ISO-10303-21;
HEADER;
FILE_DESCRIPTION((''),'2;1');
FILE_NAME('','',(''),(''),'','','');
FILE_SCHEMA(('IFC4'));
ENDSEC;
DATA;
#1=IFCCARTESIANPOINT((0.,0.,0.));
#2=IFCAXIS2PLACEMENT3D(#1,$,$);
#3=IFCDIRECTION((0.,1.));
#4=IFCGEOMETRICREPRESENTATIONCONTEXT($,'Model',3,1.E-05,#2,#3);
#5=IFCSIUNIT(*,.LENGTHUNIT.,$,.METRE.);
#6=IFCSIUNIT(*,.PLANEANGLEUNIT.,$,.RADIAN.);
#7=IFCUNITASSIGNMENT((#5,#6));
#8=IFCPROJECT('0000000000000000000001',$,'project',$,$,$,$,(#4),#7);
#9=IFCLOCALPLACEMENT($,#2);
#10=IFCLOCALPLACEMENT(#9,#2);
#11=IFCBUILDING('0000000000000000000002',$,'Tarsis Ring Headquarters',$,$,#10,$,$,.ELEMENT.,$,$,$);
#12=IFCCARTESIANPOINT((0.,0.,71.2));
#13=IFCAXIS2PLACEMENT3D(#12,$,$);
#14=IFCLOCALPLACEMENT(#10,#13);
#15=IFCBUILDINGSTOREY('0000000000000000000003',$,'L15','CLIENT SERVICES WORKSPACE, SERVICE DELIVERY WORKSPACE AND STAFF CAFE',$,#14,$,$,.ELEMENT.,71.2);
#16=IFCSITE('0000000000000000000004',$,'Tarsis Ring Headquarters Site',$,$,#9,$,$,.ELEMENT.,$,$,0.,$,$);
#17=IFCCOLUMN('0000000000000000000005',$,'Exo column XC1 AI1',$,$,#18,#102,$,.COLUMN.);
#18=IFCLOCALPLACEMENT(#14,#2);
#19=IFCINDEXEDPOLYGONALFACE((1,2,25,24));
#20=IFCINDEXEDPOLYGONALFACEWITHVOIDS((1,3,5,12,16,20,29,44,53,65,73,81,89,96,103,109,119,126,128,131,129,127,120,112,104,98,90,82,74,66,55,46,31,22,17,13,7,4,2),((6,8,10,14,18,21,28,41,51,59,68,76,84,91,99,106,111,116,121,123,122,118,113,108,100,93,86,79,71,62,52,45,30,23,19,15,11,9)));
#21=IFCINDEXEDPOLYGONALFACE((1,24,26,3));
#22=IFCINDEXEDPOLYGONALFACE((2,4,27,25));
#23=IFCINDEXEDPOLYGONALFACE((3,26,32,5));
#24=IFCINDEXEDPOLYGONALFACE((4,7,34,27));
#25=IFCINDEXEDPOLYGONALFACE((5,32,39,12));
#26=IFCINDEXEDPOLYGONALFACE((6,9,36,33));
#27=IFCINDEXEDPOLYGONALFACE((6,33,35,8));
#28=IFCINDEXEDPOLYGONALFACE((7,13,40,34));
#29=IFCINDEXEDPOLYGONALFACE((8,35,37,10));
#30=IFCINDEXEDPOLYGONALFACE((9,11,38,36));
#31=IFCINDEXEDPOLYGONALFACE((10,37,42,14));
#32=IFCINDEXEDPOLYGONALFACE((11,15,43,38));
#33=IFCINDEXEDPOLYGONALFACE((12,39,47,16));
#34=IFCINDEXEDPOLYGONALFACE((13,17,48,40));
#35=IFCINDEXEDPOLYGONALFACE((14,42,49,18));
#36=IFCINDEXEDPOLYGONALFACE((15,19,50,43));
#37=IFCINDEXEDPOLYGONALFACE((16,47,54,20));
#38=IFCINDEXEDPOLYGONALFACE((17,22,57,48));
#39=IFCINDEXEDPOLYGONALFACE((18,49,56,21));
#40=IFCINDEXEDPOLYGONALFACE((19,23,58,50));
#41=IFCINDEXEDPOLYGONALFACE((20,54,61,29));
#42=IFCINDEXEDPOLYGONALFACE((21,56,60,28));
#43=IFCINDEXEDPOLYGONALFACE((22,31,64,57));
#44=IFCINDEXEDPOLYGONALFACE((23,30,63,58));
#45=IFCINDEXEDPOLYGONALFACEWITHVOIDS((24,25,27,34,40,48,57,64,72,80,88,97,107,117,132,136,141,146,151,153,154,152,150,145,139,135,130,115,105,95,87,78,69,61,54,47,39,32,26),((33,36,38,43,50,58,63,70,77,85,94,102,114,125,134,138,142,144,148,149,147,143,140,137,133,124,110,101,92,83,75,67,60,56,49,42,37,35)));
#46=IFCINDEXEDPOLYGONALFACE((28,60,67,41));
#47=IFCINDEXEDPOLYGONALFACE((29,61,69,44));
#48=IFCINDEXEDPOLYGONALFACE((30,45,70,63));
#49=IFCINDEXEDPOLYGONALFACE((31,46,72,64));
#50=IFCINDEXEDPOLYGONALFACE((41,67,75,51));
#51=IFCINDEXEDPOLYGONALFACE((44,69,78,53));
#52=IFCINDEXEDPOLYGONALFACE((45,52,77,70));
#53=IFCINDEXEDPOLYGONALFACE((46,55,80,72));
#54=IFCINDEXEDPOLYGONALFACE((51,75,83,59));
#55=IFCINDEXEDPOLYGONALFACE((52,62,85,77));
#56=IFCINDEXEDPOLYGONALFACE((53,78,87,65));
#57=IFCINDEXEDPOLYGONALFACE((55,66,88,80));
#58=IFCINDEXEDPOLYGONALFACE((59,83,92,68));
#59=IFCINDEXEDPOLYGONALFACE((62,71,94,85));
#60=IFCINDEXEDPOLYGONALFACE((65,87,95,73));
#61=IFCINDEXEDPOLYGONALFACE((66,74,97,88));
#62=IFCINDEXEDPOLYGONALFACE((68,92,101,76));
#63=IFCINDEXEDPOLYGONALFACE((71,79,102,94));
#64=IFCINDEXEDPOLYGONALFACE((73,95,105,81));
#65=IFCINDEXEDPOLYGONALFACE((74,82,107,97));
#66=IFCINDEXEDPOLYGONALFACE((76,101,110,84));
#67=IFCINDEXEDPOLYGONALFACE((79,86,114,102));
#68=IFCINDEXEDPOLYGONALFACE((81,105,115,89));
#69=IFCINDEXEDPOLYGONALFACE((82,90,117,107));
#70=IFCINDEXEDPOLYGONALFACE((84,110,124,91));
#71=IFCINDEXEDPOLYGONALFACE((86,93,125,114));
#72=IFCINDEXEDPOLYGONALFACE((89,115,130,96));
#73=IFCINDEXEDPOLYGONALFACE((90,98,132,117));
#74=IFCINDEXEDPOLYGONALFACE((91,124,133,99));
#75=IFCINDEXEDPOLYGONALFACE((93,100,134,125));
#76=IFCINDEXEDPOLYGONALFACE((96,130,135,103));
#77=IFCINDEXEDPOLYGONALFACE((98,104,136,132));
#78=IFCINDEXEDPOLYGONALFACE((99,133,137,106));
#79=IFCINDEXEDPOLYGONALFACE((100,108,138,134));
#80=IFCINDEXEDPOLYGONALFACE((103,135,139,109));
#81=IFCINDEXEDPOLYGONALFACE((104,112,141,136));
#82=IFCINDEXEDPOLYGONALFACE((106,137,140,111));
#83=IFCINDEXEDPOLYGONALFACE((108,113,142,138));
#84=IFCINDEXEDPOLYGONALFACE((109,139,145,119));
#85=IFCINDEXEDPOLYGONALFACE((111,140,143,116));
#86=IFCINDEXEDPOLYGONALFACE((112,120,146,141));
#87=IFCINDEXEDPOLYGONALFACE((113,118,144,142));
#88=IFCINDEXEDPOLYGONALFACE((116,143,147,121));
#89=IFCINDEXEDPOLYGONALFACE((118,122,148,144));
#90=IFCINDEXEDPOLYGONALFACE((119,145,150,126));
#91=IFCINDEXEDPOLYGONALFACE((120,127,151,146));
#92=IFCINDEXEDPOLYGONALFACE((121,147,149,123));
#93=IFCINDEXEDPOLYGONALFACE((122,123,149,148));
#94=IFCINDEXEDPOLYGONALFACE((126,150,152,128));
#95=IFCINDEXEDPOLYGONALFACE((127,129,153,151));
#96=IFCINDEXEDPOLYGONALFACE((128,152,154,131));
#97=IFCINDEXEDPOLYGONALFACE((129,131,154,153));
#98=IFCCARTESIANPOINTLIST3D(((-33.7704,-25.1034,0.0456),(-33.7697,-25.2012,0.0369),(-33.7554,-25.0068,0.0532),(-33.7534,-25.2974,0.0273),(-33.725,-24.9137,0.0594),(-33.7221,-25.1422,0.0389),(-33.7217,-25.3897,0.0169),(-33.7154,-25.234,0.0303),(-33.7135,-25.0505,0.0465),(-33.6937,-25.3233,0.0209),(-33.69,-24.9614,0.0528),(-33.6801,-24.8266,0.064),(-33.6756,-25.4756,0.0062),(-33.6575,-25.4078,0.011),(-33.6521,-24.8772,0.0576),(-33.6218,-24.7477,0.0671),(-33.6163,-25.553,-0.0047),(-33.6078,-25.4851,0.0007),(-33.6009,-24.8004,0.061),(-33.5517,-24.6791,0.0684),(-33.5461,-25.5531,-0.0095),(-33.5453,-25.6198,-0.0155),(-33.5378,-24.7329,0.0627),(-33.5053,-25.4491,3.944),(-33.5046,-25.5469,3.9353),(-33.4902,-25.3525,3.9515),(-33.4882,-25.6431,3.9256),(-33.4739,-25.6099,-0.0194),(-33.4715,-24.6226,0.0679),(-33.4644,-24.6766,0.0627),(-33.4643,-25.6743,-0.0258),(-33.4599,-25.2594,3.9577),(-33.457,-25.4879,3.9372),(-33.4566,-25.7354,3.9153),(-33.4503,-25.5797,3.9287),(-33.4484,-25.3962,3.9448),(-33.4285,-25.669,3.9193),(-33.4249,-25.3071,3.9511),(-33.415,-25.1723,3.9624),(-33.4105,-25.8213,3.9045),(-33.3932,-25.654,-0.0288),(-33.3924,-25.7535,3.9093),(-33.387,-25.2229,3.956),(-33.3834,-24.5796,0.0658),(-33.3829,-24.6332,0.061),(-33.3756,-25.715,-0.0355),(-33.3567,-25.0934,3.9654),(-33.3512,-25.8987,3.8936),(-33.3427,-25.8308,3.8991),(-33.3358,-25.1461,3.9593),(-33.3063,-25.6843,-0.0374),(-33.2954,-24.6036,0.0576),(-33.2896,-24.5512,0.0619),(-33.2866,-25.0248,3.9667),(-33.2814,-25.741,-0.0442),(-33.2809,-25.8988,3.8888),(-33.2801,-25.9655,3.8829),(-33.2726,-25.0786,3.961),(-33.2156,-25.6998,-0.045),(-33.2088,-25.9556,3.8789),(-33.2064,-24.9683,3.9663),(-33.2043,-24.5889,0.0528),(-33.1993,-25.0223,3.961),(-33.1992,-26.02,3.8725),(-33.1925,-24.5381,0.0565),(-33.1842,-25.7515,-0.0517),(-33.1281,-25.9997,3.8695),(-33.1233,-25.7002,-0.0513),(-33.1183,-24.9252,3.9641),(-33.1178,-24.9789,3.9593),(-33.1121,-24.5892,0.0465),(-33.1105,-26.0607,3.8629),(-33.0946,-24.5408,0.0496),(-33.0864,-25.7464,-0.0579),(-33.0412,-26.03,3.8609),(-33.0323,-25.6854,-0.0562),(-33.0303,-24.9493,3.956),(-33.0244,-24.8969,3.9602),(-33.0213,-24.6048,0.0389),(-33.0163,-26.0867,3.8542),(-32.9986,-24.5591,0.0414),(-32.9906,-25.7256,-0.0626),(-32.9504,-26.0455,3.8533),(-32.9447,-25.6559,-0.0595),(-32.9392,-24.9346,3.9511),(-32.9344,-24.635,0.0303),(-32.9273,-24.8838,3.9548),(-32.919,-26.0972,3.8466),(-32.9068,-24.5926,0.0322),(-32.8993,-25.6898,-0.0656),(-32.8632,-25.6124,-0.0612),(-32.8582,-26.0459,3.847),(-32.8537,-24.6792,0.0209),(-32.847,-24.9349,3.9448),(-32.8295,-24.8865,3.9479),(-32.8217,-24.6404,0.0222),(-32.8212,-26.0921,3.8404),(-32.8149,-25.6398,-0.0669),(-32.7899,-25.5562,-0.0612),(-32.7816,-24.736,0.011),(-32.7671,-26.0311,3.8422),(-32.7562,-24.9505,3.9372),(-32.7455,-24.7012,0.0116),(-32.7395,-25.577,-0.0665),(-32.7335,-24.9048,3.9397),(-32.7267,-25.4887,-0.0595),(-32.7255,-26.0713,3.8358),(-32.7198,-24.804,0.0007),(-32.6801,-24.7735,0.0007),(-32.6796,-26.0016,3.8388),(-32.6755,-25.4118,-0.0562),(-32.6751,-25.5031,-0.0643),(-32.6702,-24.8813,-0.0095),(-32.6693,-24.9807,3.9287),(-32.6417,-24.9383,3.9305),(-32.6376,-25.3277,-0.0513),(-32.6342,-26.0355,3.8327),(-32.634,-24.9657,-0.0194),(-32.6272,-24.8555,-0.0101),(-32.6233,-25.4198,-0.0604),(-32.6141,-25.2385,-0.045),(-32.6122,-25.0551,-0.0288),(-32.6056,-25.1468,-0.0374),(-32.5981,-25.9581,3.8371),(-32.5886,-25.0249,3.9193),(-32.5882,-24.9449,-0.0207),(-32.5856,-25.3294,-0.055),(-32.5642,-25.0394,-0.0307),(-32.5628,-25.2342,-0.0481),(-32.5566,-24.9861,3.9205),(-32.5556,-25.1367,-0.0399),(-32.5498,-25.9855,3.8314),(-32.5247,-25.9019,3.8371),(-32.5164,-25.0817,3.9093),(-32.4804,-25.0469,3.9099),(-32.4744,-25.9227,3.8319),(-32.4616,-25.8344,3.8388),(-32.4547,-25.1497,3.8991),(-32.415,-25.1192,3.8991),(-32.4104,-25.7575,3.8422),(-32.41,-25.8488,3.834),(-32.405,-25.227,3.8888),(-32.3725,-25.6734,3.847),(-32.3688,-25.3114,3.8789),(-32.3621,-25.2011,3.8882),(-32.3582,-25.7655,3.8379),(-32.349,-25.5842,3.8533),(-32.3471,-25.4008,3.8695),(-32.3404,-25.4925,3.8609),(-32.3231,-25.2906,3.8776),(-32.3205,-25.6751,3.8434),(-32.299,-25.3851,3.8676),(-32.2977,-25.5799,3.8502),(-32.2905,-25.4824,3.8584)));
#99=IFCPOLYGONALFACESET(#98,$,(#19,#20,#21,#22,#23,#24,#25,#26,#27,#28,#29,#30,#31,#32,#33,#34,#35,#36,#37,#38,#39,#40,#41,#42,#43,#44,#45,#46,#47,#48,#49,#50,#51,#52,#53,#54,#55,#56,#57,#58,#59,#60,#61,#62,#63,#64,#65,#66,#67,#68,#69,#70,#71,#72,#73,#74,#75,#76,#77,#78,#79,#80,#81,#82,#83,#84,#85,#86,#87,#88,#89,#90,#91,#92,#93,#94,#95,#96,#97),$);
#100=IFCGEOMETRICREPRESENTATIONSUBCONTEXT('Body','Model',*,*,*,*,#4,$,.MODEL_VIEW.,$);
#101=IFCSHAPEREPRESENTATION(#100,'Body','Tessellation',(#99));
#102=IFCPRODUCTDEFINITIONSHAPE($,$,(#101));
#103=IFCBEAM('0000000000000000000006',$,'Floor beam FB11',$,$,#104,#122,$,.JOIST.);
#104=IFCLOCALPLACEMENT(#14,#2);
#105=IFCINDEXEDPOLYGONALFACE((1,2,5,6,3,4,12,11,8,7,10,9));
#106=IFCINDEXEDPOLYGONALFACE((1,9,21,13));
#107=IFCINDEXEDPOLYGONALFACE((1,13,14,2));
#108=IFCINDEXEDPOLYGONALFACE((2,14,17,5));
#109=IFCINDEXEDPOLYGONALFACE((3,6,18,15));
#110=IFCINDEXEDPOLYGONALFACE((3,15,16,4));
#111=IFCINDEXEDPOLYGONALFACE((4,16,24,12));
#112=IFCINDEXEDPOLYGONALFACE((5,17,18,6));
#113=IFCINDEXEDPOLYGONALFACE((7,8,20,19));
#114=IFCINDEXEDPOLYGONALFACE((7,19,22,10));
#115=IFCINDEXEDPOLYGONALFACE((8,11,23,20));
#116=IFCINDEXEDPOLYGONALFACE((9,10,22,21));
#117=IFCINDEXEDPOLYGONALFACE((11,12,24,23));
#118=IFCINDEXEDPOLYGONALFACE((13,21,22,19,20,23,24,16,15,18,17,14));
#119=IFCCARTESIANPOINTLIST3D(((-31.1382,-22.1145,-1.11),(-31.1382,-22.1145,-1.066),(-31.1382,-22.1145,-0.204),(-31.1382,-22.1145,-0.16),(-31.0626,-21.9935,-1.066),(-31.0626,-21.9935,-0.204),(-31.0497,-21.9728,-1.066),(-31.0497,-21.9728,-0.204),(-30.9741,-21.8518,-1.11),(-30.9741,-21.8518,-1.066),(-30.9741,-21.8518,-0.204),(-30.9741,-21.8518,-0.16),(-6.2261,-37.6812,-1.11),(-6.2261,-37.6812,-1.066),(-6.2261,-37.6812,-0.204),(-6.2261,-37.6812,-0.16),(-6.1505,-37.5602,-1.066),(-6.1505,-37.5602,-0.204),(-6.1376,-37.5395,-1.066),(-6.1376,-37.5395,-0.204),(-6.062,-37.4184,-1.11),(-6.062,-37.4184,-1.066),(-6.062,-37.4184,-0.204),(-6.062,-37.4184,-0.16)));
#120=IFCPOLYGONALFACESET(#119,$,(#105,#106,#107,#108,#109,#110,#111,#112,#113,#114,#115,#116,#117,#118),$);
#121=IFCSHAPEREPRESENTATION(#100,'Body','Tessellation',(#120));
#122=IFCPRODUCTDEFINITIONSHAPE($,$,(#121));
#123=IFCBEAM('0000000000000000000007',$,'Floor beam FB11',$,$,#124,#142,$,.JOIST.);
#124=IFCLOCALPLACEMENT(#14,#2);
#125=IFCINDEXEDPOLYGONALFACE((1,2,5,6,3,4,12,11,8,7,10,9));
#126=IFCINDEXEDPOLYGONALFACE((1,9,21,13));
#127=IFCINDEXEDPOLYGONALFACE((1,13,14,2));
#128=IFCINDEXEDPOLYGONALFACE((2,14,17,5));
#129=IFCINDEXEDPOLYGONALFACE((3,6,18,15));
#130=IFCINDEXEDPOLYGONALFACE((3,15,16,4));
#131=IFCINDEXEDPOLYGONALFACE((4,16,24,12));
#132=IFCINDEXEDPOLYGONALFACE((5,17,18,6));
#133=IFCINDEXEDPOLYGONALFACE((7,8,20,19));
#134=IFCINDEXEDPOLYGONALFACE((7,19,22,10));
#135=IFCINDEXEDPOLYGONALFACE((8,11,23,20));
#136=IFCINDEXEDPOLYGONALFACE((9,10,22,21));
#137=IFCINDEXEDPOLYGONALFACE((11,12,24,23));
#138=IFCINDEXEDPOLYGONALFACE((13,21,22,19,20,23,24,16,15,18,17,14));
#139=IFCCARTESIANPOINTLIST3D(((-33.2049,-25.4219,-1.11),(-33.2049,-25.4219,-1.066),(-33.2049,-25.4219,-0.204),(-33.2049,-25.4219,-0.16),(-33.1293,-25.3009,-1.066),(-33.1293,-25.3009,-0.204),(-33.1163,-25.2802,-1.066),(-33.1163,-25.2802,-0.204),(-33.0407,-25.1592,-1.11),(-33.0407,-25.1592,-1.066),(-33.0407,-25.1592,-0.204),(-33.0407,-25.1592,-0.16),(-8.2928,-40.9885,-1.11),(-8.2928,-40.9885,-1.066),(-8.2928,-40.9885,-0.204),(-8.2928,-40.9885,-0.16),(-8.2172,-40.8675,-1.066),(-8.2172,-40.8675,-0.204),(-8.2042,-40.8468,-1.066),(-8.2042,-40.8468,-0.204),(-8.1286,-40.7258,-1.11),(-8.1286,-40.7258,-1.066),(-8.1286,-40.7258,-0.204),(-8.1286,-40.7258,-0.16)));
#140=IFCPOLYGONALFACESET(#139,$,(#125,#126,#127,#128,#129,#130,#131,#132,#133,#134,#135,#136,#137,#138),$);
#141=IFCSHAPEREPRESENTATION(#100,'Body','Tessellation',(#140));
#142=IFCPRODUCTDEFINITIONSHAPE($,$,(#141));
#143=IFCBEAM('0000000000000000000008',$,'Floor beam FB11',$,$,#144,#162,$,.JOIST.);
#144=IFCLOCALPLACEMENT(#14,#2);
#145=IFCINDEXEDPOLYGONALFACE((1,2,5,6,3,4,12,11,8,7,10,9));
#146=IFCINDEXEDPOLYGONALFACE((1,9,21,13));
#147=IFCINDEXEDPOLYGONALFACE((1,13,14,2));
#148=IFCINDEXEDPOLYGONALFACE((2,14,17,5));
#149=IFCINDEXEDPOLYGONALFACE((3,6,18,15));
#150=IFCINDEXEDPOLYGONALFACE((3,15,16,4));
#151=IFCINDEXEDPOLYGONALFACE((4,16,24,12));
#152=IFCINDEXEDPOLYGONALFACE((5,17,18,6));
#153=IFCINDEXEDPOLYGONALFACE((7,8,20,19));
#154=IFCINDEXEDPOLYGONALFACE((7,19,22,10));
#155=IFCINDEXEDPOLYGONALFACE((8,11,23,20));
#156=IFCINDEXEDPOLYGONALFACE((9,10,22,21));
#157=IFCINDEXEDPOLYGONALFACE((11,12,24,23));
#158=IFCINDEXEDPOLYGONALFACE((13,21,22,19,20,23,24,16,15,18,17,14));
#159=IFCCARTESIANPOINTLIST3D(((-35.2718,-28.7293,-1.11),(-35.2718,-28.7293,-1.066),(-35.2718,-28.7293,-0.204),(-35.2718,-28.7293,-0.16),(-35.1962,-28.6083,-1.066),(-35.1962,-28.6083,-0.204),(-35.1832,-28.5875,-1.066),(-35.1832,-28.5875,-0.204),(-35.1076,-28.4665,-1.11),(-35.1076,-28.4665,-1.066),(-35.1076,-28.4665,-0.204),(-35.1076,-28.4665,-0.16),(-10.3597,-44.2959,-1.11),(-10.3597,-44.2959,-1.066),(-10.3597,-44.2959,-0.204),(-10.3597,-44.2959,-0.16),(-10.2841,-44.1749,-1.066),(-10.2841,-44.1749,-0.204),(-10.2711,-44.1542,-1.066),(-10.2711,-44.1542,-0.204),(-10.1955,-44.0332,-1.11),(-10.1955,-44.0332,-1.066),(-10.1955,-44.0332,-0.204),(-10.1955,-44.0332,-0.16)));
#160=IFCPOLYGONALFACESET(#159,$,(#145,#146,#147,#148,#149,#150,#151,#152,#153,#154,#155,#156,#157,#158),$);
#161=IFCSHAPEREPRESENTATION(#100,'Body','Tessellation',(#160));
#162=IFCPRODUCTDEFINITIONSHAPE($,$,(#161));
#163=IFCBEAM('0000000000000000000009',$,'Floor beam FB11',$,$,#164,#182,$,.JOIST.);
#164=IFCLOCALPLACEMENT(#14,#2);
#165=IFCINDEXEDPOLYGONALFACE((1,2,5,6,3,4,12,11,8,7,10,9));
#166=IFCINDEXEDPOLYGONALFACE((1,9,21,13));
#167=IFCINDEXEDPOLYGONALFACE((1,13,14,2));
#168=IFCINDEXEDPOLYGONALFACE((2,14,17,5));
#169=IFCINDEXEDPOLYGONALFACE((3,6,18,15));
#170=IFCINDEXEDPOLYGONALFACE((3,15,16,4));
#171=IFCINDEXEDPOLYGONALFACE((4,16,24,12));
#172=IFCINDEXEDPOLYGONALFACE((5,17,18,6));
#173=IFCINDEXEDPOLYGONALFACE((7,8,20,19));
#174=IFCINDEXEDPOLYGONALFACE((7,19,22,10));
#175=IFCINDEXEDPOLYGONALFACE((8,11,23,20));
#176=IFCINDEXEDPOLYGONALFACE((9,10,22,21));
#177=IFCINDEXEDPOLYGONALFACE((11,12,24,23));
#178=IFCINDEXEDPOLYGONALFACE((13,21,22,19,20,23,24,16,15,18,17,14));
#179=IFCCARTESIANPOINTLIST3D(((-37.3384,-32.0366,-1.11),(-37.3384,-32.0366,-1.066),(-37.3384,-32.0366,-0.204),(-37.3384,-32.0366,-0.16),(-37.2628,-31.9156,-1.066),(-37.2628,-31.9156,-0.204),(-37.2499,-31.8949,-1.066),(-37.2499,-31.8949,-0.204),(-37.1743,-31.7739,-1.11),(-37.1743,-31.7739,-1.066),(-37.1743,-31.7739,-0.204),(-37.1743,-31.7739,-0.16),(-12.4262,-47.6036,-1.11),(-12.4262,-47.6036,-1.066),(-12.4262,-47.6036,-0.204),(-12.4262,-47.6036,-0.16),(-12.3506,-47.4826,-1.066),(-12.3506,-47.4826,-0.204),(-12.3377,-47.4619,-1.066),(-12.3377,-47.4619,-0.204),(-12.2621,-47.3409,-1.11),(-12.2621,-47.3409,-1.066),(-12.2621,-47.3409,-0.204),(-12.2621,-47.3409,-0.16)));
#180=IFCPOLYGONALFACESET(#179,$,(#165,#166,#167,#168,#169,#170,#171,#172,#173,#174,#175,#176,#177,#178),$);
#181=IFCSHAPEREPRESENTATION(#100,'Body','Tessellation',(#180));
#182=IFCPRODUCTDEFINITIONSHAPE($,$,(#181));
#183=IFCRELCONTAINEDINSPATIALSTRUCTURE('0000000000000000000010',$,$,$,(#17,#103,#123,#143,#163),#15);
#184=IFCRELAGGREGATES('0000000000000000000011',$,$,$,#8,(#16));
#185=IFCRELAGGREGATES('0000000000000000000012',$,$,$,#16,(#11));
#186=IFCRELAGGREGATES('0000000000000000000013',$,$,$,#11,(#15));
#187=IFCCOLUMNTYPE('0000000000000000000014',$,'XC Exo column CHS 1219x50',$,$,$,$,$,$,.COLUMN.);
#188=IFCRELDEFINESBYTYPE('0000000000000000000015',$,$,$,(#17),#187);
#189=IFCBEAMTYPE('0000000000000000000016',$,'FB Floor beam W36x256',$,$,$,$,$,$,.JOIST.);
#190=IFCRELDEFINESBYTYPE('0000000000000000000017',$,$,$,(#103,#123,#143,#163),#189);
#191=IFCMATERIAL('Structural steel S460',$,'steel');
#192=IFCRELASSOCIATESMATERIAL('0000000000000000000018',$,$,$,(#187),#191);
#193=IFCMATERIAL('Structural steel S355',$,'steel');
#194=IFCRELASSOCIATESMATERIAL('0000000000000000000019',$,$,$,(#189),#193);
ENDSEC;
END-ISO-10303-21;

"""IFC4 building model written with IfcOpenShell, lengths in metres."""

from ifc_helpers import new_model, si_unit, direction, frame, origin, origin_2d, place, context, subcontext, project, spatial, hollow_circle, i_section, extrude, material, material_profile, profile_set, type_object, element, save


model = new_model("IFC4")

# Units and contexts
model_context = context("Model", 3, precision=1e-05, world=origin(), true_north=direction((0.0, 1.0)))
body_context = subcontext(model_context, "Body", "Model", "MODEL_VIEW")
ifc_project = project(units=[si_unit("LENGTHUNIT", "METRE"), si_unit("PLANEANGLEUNIT", "RADIAN")], contexts=[model_context])

# Site, building, storey
site_placement = place(None, origin())
site = spatial("IfcSite", under=ifc_project, at=site_placement, Name="Tarsis Ring Headquarters Site", CompositionType="ELEMENT", RefElevation=0.0)
building_placement = place(site_placement, origin())
building = spatial("IfcBuilding", under=site, at=building_placement, Name="Tarsis Ring Headquarters", CompositionType="ELEMENT")
storey_placement = place(building_placement, frame((0.0, 0.0, 71.2)))
storey = spatial("IfcBuildingStorey", under=building, at=storey_placement, Name="L15", Description="CLIENT SERVICES WORKSPACE, SERVICE DELIVERY WORKSPACE AND STAFF CAFE", CompositionType="ELEMENT", Elevation=71.2)

# Column
ifc_material_1 = material(Name="Structural steel S460", Category="steel")
ifc_material_profile_1 = material_profile(ifc_material_1, hollow_circle(Radius=0.6096, WallThickness=0.05, at=origin_2d()), Name="CHS 1219x50")
ifc_profile_set_1 = profile_set([ifc_material_profile_1], Name="Structural steel S460")
column_type = type_object("IfcColumnType", Name="XC Exo column CHS 1219x50", PredefinedType="COLUMN", material=ifc_profile_set_1)
column_placement = place(storey_placement, frame((-33.1638, -25.1445, 0.0007), z_axis=(0.06759, -0.088129, 0.993813), x_axis=(0.793498, 0.608573, 0.0)))
element("IfcColumn", 1, at=column_placement, inside=storey, type_object=column_type, Name="Exo column XC1 AI1", PredefinedType="COLUMN", context=body_context, shape_type="SweptSolid", body=[
    extrude(hollow_circle(Radius=0.6096, WallThickness=0.05, at=origin_2d()), origin(), (0.0, 0.0, 1.0), 3.9226),
])

# Beams
ifc_material_2 = material(Name="Structural steel S355", Category="steel")
ifc_material_profile_2 = material_profile(ifc_material_2, i_section(OverallWidth=0.3098, OverallDepth=0.95, WebThickness=0.0244, FlangeThickness=0.0439, at=origin_2d()), Name="W36x256")
ifc_profile_set_2 = profile_set([ifc_material_profile_2], Name="Structural steel S355")
beam_type_1 = type_object("IfcBeamType", Name="FB Floor beam W36x256", PredefinedType="JOIST", material=ifc_profile_set_2)
for number, where, z_axis, x_axis, name in (
    (2, (-31.0562, -21.9832, -0.635), (0.848051, -0.529915, 0.0), (0.529915, 0.848051, 0.0), "Floor beam FB11"),
    (3, (-33.1228, -25.2905, -0.635), (0.848051, -0.529915, 0.0), (0.529915, 0.848051, 0.0), "Floor beam FB11"),
    (4, (-35.1897, -28.5979, -0.635), (0.848051, -0.529915, 0.0), (0.529915, 0.848051, 0.0), "Floor beam FB11"),
):
    element("IfcBeam", number, at=place(storey_placement, frame(where, z_axis=z_axis, x_axis=x_axis)), inside=storey, type_object=beam_type_1, Name=name, PredefinedType="JOIST", context=body_context, shape_type="SweptSolid", body=[
        extrude(i_section(OverallWidth=0.3098, OverallDepth=0.95, WebThickness=0.0244, FlangeThickness=0.0439, at=origin_2d()), origin(), (0.0, 0.0, 1.0), 29.3757),
    ])
beam_1_placement = place(storey_placement, frame((-37.2563, -31.9053, -0.635), z_axis=(0.848047, -0.529921, 0.0), x_axis=(0.529921, 0.848047, 0.0)))
element("IfcBeam", 5, at=beam_1_placement, inside=storey, type_object=beam_type_1, Name="Floor beam FB11", PredefinedType="JOIST", context=body_context, shape_type="SweptSolid", body=[
    extrude(i_section(OverallWidth=0.3098, OverallDepth=0.95, WebThickness=0.0244, FlangeThickness=0.0439, at=origin_2d()), origin(), (0.0, 0.0, 1.0), 29.376),
])

save(model, "model.ifc")
